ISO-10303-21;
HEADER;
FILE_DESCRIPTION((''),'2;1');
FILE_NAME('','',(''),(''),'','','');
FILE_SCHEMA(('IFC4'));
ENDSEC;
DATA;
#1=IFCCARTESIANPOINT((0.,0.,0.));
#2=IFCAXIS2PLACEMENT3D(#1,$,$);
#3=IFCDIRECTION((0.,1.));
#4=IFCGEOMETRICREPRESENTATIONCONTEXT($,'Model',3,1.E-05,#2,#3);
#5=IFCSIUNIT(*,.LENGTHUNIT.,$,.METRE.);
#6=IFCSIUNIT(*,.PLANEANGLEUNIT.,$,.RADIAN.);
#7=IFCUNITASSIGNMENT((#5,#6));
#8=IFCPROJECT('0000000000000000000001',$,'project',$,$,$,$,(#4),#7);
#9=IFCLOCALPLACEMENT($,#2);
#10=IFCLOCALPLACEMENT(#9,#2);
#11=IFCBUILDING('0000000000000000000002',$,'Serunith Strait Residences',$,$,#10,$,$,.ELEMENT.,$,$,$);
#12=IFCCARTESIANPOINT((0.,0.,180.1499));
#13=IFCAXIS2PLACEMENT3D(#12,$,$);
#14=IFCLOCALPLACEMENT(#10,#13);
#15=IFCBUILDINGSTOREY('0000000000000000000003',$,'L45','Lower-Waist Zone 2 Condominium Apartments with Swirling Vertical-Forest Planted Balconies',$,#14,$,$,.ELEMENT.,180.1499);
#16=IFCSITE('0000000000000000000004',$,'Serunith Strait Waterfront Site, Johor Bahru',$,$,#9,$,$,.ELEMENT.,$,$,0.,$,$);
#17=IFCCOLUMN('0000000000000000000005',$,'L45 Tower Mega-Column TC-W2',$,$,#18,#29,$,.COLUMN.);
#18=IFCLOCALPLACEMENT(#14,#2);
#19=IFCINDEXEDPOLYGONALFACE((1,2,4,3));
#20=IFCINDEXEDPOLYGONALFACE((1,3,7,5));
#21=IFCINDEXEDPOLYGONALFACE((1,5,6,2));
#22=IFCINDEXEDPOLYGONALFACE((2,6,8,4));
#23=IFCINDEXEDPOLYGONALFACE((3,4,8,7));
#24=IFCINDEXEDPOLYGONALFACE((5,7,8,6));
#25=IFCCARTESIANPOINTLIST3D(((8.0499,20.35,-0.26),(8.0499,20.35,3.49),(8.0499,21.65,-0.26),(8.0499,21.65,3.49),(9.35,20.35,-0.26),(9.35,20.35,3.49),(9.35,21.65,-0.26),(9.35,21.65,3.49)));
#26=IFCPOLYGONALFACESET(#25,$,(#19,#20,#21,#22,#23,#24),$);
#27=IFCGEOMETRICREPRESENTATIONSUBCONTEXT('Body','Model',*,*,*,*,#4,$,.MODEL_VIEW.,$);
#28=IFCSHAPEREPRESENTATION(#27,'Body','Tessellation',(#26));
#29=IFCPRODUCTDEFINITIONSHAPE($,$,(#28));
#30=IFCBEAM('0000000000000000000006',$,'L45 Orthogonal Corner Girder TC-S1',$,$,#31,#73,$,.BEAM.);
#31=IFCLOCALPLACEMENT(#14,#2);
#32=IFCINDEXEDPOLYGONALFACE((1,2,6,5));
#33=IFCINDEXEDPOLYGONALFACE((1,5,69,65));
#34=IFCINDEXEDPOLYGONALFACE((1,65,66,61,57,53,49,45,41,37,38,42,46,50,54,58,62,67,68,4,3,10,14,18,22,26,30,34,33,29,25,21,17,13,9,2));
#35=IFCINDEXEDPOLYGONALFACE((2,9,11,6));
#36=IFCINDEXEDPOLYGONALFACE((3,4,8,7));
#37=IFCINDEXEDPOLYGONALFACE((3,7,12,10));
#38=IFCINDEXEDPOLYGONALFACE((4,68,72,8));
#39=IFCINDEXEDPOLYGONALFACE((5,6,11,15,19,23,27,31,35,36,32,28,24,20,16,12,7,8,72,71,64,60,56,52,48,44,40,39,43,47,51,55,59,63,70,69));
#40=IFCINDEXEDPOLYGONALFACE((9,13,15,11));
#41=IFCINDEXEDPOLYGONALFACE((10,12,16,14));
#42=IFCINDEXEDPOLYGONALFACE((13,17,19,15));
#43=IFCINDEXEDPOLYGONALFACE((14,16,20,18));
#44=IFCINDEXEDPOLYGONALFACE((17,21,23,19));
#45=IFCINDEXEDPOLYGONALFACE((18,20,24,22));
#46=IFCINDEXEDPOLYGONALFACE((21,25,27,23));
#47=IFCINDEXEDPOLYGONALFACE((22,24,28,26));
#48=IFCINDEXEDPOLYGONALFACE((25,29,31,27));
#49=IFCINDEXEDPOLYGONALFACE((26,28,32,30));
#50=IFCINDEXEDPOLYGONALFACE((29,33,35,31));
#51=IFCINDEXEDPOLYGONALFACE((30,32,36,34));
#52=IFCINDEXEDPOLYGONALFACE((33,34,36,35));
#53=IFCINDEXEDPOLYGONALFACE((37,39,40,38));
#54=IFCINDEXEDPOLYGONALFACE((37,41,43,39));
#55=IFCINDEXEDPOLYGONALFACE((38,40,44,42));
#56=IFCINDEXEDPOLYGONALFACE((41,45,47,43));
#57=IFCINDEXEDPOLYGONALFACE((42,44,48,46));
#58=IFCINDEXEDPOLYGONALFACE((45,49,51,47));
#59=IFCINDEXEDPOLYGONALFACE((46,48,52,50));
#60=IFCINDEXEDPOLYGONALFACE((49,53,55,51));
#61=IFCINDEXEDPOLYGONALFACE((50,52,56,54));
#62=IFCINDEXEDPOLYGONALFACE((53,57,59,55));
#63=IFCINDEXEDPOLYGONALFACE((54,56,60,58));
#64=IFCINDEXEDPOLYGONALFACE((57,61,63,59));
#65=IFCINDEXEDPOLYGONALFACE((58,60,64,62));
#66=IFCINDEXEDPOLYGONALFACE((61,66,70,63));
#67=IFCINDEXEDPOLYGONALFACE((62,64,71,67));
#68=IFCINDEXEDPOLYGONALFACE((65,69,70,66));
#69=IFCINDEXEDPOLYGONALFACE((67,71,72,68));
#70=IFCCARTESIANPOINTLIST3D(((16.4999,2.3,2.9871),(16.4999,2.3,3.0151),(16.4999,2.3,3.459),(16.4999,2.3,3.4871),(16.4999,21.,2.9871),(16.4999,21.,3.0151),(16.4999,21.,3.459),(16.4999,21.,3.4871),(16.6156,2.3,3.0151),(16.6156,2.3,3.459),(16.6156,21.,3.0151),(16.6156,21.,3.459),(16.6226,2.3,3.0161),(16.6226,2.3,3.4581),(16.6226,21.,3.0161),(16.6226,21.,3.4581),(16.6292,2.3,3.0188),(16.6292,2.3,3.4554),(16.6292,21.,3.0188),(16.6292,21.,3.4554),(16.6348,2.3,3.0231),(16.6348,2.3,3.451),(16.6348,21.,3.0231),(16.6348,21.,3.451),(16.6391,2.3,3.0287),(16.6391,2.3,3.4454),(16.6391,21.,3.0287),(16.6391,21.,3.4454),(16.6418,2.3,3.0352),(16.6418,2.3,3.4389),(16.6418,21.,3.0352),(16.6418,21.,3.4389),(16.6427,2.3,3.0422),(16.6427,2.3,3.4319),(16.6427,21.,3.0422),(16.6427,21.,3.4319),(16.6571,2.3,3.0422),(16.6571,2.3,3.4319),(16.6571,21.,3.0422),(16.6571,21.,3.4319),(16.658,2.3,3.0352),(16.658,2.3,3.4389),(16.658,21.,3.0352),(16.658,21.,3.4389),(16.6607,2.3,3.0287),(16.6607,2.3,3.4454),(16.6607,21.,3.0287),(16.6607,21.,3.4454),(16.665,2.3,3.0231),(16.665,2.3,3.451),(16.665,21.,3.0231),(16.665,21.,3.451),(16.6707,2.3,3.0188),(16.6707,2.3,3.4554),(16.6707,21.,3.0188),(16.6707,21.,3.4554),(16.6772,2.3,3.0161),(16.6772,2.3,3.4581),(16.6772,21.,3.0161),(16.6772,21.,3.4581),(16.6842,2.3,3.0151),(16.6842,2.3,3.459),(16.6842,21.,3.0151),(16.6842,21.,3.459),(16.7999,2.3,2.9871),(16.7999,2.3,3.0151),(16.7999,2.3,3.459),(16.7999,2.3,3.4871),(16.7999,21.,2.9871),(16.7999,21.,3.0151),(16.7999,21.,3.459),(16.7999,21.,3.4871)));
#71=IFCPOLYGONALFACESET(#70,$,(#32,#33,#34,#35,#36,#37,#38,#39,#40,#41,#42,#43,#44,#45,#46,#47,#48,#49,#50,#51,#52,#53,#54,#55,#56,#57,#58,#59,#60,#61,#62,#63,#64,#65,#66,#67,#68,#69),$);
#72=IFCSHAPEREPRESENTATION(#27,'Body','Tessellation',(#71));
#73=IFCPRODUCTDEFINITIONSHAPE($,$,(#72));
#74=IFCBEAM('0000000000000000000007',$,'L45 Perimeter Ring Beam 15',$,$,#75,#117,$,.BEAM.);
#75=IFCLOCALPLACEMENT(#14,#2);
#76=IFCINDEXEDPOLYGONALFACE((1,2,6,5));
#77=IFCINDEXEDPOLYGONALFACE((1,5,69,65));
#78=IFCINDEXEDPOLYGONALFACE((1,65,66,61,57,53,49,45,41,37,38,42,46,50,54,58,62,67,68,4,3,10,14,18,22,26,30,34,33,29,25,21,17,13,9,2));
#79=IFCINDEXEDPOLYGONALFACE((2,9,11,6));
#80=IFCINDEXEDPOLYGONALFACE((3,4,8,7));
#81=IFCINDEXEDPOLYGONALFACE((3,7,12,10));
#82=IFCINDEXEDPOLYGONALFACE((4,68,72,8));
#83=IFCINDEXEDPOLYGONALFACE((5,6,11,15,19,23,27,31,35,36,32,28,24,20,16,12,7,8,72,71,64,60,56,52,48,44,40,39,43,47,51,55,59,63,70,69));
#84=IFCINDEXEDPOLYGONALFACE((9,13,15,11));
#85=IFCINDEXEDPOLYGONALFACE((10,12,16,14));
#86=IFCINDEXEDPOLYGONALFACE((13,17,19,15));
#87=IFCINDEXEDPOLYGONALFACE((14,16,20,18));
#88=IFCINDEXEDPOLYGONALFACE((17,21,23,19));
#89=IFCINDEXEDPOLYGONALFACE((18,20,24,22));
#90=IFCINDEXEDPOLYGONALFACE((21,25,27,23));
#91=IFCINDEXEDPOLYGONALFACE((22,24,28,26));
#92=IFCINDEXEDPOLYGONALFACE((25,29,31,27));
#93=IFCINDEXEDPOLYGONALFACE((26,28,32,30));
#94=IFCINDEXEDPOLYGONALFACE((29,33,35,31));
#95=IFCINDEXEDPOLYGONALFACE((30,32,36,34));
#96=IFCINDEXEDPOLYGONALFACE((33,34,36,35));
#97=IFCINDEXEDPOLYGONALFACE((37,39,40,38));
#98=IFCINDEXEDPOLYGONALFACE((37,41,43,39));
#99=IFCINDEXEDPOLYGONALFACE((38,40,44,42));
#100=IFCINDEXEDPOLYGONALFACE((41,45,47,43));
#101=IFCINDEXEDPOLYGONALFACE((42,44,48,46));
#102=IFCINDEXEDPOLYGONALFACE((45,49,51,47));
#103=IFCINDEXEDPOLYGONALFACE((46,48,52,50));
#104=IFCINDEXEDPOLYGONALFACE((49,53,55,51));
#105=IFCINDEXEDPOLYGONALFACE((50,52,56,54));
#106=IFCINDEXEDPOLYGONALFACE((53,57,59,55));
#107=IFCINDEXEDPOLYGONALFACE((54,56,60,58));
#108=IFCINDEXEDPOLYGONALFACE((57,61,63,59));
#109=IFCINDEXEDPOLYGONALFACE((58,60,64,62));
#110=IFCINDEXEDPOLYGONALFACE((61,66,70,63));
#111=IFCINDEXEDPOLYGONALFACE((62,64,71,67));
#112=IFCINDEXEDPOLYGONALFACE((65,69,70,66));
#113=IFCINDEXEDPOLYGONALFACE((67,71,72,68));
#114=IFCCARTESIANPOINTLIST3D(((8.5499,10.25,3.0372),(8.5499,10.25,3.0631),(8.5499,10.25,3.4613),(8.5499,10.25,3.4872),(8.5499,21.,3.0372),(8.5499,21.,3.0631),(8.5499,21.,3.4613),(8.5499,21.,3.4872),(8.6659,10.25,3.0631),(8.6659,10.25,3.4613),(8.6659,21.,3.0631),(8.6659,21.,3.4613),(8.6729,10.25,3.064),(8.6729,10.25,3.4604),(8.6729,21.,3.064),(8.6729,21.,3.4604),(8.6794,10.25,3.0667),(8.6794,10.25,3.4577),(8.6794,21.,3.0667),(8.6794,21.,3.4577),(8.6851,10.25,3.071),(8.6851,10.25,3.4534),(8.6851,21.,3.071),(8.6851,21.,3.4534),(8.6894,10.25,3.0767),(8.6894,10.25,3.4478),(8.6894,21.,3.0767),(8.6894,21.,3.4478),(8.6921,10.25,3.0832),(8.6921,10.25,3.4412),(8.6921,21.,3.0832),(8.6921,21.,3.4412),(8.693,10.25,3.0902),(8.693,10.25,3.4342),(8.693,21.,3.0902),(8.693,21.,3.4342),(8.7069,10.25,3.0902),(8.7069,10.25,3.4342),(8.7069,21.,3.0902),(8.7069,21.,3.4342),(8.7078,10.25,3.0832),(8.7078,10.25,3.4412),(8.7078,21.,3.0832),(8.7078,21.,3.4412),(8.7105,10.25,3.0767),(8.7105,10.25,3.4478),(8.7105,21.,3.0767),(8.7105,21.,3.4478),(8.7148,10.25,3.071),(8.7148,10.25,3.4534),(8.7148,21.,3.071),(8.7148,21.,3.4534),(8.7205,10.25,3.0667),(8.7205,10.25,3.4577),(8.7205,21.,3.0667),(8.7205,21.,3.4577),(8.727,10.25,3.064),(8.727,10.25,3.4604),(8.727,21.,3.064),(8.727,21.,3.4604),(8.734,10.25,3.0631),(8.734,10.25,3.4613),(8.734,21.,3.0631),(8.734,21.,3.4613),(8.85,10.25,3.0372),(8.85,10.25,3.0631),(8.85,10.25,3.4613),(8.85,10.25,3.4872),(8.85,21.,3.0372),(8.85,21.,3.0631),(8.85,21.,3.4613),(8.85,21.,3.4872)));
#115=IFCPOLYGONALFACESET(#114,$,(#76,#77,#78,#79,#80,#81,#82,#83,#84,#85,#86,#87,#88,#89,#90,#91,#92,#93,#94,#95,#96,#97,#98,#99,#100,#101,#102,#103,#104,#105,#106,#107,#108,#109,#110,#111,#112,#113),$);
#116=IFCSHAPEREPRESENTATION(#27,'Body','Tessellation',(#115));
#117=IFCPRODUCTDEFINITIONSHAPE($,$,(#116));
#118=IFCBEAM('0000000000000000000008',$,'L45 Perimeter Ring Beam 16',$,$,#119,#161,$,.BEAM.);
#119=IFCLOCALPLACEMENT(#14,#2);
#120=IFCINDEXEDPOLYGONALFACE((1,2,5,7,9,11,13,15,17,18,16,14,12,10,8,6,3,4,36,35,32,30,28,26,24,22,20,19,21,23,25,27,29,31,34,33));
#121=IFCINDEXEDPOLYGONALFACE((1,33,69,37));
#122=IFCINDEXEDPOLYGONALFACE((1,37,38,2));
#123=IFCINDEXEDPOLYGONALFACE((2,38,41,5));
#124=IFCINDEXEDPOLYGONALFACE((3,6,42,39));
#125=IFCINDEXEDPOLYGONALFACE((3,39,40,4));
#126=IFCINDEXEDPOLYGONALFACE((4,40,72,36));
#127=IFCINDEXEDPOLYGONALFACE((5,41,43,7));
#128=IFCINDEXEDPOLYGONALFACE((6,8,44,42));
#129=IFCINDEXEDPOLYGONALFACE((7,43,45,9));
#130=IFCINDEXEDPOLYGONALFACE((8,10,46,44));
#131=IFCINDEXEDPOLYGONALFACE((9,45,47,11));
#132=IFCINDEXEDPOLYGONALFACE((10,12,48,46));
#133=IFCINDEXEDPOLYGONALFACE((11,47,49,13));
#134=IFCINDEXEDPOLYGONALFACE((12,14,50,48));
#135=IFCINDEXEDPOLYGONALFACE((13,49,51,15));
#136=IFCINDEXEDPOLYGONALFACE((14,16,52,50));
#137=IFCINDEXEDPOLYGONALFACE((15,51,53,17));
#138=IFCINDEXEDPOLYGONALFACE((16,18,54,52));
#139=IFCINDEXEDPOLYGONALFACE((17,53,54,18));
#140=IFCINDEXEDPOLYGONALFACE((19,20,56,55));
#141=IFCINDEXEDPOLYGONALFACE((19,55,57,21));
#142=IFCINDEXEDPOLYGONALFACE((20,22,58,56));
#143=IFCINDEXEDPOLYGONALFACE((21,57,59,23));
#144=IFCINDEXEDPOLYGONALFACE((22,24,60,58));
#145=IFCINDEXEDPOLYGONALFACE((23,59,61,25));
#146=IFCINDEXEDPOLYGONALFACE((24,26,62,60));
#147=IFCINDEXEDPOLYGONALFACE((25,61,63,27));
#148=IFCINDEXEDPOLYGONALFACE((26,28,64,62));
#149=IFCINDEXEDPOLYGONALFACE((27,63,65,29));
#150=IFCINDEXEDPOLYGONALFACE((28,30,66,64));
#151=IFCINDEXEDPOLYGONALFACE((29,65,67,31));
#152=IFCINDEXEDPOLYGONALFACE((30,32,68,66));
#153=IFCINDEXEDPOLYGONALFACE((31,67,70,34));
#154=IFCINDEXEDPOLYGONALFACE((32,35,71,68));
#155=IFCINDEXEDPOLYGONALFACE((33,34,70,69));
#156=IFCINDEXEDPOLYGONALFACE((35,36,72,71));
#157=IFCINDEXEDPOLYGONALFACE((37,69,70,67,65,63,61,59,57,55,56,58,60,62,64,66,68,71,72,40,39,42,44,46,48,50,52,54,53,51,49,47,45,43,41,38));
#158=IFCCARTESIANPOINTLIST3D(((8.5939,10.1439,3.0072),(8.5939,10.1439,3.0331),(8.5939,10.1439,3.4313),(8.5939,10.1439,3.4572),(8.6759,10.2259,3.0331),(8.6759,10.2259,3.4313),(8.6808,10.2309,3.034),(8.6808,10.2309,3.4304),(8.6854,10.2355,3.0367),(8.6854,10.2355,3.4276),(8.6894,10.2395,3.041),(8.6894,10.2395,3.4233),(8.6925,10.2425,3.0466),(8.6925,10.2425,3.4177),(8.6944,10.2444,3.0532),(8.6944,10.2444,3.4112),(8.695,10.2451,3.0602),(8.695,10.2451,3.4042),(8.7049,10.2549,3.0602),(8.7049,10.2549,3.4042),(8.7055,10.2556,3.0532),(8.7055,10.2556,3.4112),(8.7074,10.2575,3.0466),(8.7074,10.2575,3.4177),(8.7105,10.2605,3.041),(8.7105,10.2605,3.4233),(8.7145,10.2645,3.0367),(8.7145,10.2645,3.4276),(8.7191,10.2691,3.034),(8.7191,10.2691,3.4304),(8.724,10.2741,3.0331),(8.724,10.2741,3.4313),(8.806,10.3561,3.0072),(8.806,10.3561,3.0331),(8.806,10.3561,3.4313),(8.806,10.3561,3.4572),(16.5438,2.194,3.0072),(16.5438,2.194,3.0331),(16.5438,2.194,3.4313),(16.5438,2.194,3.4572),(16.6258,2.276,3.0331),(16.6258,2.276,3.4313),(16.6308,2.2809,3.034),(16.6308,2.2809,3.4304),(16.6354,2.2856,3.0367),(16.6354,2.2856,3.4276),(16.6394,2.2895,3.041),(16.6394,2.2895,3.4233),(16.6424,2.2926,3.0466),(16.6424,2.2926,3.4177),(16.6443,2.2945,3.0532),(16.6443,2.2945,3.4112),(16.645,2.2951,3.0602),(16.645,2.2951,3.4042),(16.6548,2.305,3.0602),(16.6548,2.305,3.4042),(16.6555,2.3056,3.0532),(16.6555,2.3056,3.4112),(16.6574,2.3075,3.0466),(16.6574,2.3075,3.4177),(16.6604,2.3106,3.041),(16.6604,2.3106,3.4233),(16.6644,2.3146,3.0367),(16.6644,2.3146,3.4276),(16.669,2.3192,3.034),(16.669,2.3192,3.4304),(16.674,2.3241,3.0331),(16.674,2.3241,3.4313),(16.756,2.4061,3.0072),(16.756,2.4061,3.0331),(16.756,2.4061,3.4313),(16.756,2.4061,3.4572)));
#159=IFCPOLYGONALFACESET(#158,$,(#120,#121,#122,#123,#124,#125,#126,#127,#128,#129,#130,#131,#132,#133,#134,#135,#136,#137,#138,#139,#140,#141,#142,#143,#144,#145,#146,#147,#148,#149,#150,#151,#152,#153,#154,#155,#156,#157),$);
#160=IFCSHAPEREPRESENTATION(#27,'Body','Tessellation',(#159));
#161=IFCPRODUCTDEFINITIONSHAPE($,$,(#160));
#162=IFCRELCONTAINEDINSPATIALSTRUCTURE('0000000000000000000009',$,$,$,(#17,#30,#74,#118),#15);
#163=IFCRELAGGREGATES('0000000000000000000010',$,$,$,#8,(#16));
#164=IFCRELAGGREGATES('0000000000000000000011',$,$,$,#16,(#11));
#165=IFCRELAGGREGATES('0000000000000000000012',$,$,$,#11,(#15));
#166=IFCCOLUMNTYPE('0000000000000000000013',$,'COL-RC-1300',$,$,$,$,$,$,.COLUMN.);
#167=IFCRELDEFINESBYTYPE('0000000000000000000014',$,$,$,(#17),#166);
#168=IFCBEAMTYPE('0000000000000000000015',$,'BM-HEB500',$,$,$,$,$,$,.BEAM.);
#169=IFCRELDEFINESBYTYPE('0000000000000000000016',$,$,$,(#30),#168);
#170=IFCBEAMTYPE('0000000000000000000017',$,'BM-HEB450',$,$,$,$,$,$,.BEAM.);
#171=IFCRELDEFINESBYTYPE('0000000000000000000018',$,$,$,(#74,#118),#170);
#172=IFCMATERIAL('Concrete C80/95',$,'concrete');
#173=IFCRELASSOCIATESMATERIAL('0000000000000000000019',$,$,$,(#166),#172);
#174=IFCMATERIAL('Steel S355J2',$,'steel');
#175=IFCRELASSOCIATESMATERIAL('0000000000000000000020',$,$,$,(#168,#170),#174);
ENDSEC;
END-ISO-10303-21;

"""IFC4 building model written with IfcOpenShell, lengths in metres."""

from ifc_helpers import new_model, si_unit, direction, frame, origin, origin_2d, place, context, subcontext, project, spatial, rectangle, i_section, extrude, source, transform, mapped, material, material_profile, profile_set, type_object, element, save


model = new_model("IFC4")

# Units and contexts
model_context = context("Model", 3, precision=1e-05, world=origin(), true_north=direction((0.0, 1.0)))
body_context = subcontext(model_context, "Body", "Model", "MODEL_VIEW")
ifc_project = project(units=[si_unit("LENGTHUNIT", "METRE"), si_unit("PLANEANGLEUNIT", "RADIAN")], contexts=[model_context])

# Site, building, storey
site_placement = place(None, origin())
site = spatial("IfcSite", under=ifc_project, at=site_placement, Name="Serunith Strait Waterfront Site, Johor Bahru", CompositionType="ELEMENT", RefElevation=0.0)
building_placement = place(site_placement, origin())
building = spatial("IfcBuilding", under=site, at=building_placement, Name="Serunith Strait Residences", CompositionType="ELEMENT")
storey_placement = place(building_placement, frame((0.0, 0.0, 180.1499)))
storey = spatial("IfcBuildingStorey", under=building, at=storey_placement, Name="L45", Description="Lower-Waist Zone 2 Condominium Apartments with Swirling Vertical-Forest Planted Balconies", CompositionType="ELEMENT", Elevation=180.1499)

# Column
ifc_material_1 = material(Name="Concrete C80/95", Category="concrete")
ifc_material_profile_1 = material_profile(ifc_material_1, rectangle(XDim=1.3, YDim=1.3, at=origin_2d()), Name="RC 1300x1300")
ifc_profile_set_1 = profile_set([ifc_material_profile_1], Name="Concrete C80/95")
column_type = type_object("IfcColumnType", Name="COL-RC-1300", PredefinedType="COLUMN", material=ifc_profile_set_1)
shared_shape_1 = source(origin(), body_context, "Body", "SweptSolid", [
    extrude(rectangle(XDim=1.3, YDim=1.3, at=origin_2d()), origin(), (0.0, 0.0, 1.0), 3.75),
])
column_placement = place(storey_placement, frame((8.7, 21.0, -0.26), z_axis=(0.0, 0.0, 1.0), x_axis=(1.0, 0.0, 0.0)))
element("IfcColumn", 1, at=column_placement, inside=storey, type_object=column_type, Name="L45 Tower Mega-Column TC-W2", PredefinedType="COLUMN", context=body_context, shape_type="MappedRepresentation", body=[
    mapped(shared_shape_1, transform((0.0, 0.0, 0.0), scale=1.0)),
])

# Beams
ifc_material_2 = material(Name="Steel S355J2", Category="steel")
ifc_material_profile_2 = material_profile(ifc_material_2, i_section(OverallWidth=0.3, OverallDepth=0.5, WebThickness=0.0144, FlangeThickness=0.0281, FilletRadius=0.0271, at=origin_2d()), Name="HEB 500")
ifc_profile_set_2 = profile_set([ifc_material_profile_2], Name="Steel S355J2")
beam_type_1 = type_object("IfcBeamType", Name="BM-HEB500", PredefinedType="BEAM", material=ifc_profile_set_2)
shared_shape_2 = source(origin(), body_context, "Body", "SweptSolid", [
    extrude(i_section(OverallWidth=0.3, OverallDepth=0.5, WebThickness=0.0144, FlangeThickness=0.0281, FilletRadius=0.0271, at=origin_2d()), origin(), (0.0, 0.0, 1.0), 18.7),
])
beam_1_placement = place(storey_placement, frame((16.6499, 21.0, 3.2371), z_axis=(0.0, -1.0, 0.0), x_axis=(1.0, 0.0, 0.0)))
element("IfcBeam", 2, at=beam_1_placement, inside=storey, type_object=beam_type_1, Name="L45 Orthogonal Corner Girder TC-S1", PredefinedType="BEAM", context=body_context, shape_type="MappedRepresentation", body=[
    mapped(shared_shape_2, transform((0.0, 0.0, 0.0), scale=1.0)),
])
ifc_material_profile_3 = material_profile(ifc_material_2, i_section(OverallWidth=0.3, OverallDepth=0.45, WebThickness=0.0139, FlangeThickness=0.0259, FilletRadius=0.0271, at=origin_2d()), Name="HEB 450")
ifc_profile_set_3 = profile_set([ifc_material_profile_3], Name="Steel S355J2")
beam_type_2 = type_object("IfcBeamType", Name="BM-HEB450", PredefinedType="BEAM", material=ifc_profile_set_3)
shared_shape_3 = source(origin(), body_context, "Body", "SweptSolid", [
    extrude(i_section(OverallWidth=0.3, OverallDepth=0.45, WebThickness=0.0139, FlangeThickness=0.0259, FilletRadius=0.0271, at=origin_2d()), origin(), (0.0, 0.0, 1.0), 10.75),
])
beam_2_placement = place(storey_placement, frame((8.7, 21.0, 3.2622), z_axis=(0.0, -1.0, 0.0), x_axis=(1.0, 0.0, 0.0)))
element("IfcBeam", 3, at=beam_2_placement, inside=storey, type_object=beam_type_2, Name="L45 Perimeter Ring Beam 15", PredefinedType="BEAM", context=body_context, shape_type="MappedRepresentation", body=[
    mapped(shared_shape_3, transform((0.0, 0.0, 0.0), scale=1.0)),
])
shared_shape_4 = source(origin(), body_context, "Body", "SweptSolid", [
    extrude(i_section(OverallWidth=0.3, OverallDepth=0.45, WebThickness=0.0139, FlangeThickness=0.0259, FilletRadius=0.0271, at=origin_2d()), origin(), (0.0, 0.0, 1.0), 11.2429),
])
beam_3_placement = place(storey_placement, frame((8.7, 10.25, 3.2322), z_axis=(0.707107, -0.707107, 0.0), x_axis=(0.707107, 0.707107, 0.0)))
element("IfcBeam", 4, at=beam_3_placement, inside=storey, type_object=beam_type_2, Name="L45 Perimeter Ring Beam 16", PredefinedType="BEAM", context=body_context, shape_type="MappedRepresentation", body=[
    mapped(shared_shape_4, transform((0.0, 0.0, 0.0), scale=1.0)),
])

save(model, "model.ifc")
